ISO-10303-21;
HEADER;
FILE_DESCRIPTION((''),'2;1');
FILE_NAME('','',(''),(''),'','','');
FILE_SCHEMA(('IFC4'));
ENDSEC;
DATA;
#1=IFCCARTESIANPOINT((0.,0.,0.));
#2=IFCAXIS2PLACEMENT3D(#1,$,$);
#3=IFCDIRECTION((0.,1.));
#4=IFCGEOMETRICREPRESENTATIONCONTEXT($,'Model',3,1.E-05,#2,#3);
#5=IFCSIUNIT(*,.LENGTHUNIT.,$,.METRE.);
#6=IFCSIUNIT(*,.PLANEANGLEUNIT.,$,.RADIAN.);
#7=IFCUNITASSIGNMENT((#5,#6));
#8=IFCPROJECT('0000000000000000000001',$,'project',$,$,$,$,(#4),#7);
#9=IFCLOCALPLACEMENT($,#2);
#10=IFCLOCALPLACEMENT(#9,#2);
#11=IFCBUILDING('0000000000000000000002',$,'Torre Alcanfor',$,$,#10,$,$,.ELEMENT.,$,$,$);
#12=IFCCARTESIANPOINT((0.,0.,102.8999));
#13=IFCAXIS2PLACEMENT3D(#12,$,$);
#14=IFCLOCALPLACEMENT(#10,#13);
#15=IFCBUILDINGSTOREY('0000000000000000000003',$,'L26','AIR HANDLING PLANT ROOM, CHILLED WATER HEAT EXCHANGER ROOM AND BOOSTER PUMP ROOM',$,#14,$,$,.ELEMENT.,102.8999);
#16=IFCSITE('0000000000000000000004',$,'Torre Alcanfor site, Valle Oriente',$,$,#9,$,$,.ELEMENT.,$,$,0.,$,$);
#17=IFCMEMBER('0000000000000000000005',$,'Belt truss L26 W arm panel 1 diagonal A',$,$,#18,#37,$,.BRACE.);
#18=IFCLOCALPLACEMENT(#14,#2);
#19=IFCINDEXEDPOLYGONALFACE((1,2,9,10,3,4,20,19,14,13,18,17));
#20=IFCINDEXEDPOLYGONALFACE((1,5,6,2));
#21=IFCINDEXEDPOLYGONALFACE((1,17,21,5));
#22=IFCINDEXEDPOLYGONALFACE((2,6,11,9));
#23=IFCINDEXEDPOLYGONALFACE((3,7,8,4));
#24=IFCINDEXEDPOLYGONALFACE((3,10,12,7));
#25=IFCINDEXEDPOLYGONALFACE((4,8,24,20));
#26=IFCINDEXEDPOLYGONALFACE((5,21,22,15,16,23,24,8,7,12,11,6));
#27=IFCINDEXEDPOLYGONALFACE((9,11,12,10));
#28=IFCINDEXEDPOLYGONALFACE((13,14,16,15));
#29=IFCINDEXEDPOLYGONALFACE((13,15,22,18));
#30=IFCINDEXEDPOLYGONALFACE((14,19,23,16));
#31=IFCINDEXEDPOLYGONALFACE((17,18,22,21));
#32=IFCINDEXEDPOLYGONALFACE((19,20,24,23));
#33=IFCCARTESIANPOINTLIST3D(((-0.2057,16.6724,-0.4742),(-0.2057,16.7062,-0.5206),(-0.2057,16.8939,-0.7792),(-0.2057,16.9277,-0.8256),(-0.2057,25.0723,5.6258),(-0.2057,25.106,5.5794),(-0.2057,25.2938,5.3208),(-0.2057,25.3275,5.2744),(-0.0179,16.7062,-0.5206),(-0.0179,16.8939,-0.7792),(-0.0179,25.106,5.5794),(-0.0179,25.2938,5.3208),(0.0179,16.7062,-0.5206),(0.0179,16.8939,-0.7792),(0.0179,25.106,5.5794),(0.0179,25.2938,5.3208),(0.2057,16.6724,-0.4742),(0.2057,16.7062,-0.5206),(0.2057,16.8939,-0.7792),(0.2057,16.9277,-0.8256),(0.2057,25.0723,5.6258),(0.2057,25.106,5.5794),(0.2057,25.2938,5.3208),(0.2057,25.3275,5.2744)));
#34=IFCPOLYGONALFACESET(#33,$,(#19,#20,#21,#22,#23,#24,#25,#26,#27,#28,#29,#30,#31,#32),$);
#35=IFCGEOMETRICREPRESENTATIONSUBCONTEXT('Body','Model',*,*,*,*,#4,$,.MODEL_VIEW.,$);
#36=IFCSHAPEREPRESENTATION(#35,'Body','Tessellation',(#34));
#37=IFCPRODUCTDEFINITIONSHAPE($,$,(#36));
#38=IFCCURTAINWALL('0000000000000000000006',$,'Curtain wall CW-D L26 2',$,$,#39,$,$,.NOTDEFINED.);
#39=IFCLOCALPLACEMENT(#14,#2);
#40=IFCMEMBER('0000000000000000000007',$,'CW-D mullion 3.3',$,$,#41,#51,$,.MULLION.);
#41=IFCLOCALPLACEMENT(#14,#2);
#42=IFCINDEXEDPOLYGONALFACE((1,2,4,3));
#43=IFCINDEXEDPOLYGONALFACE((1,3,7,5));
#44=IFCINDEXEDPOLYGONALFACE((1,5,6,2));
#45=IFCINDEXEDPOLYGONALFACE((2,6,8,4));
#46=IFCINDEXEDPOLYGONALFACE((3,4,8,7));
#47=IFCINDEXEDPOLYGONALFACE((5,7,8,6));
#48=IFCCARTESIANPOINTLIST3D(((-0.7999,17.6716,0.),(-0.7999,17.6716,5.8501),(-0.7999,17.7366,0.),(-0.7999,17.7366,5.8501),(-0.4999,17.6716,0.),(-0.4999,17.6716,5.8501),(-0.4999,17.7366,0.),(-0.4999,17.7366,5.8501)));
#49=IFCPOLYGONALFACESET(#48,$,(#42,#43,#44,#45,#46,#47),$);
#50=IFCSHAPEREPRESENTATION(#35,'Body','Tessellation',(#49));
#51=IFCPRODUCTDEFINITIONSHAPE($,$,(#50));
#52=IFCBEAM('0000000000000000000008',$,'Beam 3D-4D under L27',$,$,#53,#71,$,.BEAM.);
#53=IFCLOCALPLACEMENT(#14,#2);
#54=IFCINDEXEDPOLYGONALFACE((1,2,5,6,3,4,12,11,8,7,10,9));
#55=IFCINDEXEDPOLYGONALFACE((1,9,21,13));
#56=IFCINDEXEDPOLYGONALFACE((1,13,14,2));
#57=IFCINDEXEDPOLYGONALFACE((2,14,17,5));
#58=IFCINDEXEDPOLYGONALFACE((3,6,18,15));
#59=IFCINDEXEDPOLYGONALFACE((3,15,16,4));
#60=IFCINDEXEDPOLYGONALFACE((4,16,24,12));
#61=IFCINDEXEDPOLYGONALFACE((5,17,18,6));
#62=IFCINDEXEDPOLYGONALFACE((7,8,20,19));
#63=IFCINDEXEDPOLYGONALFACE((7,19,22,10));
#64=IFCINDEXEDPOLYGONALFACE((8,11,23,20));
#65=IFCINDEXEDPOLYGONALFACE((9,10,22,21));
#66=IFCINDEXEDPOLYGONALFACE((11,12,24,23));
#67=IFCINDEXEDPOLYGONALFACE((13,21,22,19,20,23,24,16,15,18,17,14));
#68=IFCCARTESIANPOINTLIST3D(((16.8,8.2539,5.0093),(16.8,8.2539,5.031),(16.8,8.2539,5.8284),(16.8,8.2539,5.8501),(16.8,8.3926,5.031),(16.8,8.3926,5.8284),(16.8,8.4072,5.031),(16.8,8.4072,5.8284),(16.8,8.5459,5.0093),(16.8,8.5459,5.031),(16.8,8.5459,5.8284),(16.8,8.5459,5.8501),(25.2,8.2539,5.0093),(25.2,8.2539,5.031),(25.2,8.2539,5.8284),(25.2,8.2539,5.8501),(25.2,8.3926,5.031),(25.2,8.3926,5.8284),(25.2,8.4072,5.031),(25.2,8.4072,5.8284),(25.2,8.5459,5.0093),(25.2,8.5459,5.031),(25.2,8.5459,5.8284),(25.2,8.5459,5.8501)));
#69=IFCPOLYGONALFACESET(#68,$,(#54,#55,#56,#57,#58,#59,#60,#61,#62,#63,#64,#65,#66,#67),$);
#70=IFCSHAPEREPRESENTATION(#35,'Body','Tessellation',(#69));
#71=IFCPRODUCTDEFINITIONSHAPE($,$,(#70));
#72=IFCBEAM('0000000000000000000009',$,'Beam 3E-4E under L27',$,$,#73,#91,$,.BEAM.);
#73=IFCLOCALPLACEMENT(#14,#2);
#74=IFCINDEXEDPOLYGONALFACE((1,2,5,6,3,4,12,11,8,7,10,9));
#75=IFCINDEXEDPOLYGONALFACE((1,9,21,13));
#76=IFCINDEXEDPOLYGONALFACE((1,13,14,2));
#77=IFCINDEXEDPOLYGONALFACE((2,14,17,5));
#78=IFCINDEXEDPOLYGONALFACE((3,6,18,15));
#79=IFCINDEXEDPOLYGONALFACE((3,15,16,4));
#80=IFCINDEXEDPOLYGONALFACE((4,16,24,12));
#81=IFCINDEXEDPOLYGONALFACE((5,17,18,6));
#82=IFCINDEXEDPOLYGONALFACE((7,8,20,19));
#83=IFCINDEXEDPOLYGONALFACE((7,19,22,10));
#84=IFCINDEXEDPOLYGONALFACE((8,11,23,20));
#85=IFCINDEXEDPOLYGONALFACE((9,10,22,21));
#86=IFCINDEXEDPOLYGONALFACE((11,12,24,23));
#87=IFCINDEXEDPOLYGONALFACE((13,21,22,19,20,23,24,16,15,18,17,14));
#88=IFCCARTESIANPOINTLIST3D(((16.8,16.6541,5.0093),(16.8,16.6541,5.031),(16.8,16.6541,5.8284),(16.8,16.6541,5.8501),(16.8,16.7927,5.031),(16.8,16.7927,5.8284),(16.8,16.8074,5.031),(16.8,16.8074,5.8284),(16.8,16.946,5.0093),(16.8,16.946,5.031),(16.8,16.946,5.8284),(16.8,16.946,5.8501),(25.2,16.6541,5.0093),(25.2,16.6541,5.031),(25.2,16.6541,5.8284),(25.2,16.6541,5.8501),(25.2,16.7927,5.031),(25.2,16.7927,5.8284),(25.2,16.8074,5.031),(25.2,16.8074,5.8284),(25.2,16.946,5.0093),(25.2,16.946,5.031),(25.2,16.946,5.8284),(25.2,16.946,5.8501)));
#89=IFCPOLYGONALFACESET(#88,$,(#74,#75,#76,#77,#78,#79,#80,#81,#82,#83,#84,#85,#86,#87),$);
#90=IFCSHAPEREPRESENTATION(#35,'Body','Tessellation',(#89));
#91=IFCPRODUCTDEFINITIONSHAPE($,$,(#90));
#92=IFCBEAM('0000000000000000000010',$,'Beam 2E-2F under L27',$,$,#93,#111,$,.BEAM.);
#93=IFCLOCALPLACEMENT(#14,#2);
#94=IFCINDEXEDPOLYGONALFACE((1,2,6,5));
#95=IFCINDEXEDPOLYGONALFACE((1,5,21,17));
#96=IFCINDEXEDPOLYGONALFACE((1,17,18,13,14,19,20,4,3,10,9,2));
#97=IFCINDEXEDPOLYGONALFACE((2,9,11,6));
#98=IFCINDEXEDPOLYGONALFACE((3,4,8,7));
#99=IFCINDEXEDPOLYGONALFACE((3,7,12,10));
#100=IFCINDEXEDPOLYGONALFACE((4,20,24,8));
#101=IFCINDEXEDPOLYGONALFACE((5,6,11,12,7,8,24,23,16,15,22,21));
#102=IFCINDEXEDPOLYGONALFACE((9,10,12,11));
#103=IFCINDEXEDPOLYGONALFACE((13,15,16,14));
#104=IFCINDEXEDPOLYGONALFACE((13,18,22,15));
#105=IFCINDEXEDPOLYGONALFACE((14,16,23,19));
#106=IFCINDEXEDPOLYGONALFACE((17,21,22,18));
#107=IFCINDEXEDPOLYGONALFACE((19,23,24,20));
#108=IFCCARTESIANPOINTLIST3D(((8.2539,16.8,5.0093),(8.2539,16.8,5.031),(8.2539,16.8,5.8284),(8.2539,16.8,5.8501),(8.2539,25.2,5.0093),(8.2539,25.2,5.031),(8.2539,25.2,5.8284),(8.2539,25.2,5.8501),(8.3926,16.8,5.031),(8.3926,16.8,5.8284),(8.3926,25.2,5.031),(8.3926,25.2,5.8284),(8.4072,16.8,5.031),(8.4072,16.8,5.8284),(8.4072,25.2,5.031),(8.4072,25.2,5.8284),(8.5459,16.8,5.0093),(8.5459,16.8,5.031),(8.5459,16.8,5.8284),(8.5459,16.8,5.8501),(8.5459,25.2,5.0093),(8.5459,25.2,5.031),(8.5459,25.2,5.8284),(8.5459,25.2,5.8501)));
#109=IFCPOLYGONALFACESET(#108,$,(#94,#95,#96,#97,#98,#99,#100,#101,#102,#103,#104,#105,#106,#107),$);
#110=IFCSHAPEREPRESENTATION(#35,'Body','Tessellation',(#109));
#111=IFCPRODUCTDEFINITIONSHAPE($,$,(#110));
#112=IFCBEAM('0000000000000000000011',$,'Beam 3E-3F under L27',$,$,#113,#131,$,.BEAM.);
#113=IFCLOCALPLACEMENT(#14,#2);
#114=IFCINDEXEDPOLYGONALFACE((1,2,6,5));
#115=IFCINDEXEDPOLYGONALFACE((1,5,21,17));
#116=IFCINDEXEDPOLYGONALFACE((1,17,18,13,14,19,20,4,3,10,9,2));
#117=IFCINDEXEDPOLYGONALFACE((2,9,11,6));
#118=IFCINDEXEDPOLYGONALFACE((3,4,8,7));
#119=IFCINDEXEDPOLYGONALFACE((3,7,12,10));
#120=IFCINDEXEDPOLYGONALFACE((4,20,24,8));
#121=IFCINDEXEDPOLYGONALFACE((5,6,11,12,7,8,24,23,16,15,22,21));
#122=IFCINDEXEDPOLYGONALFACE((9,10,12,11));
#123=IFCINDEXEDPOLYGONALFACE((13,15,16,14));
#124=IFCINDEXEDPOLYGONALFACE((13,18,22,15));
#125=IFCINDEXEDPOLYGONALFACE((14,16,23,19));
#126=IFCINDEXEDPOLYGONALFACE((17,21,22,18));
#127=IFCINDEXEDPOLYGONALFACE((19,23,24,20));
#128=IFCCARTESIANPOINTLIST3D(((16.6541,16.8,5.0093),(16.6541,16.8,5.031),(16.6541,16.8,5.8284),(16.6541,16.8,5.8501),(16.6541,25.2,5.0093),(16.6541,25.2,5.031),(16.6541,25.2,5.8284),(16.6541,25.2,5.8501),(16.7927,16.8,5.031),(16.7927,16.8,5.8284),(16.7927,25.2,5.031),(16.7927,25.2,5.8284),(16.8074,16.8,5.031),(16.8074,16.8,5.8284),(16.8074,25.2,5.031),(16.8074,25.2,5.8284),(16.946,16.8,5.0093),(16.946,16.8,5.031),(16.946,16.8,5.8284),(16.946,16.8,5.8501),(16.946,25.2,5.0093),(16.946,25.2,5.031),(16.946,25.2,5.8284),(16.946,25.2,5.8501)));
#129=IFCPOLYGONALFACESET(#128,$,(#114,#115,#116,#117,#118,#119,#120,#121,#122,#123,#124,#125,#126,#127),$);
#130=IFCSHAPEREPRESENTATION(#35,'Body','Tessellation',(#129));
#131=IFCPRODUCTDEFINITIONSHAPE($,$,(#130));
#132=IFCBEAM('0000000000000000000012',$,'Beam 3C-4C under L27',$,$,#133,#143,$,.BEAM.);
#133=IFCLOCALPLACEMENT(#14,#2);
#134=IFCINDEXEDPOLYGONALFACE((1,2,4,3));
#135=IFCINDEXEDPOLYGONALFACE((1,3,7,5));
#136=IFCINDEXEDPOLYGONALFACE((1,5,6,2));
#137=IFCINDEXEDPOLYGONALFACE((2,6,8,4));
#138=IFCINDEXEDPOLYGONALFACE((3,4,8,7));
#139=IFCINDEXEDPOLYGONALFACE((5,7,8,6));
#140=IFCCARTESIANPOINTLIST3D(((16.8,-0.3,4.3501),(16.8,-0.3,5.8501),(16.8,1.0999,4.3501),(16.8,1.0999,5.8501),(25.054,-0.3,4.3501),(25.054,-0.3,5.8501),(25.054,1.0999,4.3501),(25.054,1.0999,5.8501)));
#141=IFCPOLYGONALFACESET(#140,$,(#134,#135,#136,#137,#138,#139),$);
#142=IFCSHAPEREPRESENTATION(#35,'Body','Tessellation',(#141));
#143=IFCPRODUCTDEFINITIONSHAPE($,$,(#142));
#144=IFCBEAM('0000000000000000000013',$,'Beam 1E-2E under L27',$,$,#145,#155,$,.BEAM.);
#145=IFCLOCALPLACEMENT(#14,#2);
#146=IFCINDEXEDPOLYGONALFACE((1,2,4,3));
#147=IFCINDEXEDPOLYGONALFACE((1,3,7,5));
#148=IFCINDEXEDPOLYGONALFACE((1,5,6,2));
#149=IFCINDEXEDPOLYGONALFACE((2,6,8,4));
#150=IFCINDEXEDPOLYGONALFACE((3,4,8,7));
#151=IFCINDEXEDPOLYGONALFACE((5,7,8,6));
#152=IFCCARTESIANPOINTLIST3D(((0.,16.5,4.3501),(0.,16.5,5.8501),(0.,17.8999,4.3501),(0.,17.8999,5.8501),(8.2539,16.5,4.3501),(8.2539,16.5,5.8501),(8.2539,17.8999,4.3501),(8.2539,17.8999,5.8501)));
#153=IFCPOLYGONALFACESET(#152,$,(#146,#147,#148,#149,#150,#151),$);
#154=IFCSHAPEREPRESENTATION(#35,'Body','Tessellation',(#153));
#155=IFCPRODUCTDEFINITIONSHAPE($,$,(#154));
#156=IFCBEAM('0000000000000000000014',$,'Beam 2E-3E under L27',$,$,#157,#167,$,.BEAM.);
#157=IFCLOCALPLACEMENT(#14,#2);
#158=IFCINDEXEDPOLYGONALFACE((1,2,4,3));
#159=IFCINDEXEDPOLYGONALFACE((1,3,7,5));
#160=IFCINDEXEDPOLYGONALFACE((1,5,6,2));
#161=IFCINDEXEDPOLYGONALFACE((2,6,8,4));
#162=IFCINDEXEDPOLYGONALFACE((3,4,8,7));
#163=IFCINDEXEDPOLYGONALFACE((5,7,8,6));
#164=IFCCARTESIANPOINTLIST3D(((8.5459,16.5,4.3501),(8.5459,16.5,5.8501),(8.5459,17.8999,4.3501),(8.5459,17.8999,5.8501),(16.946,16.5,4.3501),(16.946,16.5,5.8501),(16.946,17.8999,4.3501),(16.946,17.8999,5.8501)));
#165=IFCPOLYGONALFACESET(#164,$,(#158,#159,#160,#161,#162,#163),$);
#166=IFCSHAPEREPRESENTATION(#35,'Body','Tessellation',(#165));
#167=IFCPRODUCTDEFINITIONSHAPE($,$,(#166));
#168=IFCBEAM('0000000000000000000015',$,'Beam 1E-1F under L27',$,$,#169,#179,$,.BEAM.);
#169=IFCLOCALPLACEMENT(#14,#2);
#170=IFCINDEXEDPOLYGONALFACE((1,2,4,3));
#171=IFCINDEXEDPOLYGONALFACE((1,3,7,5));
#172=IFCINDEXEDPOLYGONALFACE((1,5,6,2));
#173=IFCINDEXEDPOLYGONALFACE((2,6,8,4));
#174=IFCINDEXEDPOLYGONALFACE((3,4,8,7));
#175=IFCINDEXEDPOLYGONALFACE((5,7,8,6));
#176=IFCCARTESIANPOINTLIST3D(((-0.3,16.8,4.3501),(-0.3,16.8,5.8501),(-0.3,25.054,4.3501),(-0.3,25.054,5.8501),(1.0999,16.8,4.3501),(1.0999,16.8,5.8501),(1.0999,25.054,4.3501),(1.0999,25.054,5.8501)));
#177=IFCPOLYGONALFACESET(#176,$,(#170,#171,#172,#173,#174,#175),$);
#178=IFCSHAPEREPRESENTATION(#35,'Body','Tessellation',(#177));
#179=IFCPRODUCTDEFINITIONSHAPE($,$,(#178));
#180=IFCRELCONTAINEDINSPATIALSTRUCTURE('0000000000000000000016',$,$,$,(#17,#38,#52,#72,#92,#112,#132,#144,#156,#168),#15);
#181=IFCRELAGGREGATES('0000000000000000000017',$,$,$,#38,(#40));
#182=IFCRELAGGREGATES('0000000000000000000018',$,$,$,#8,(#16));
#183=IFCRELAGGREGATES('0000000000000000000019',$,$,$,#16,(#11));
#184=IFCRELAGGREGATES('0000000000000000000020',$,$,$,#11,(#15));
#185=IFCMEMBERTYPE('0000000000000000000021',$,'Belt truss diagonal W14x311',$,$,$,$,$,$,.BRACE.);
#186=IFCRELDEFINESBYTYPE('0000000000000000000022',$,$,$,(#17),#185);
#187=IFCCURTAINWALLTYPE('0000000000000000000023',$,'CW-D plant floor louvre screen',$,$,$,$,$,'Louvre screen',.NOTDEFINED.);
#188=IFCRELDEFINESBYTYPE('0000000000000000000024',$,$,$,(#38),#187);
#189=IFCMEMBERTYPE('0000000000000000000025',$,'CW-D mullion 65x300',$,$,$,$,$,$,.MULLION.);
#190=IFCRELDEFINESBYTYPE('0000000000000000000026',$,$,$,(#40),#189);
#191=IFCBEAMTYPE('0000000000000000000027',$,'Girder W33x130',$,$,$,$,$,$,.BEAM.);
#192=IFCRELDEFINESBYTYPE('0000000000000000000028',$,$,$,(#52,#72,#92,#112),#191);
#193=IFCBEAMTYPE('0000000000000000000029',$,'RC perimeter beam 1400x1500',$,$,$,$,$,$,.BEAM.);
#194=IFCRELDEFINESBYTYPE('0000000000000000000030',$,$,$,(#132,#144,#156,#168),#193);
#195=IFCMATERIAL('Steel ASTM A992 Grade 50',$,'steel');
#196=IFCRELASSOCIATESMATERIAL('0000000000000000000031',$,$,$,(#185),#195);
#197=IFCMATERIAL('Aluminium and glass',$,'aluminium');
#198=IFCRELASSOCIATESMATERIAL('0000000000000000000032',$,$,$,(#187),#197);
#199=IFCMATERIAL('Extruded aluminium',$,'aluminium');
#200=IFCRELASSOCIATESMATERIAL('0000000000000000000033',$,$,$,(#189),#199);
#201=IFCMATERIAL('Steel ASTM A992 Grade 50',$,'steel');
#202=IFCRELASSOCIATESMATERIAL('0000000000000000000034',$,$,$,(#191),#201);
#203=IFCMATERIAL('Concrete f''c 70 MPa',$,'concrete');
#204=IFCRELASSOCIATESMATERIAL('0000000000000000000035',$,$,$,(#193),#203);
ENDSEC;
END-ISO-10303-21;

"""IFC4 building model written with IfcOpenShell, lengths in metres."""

from ifc_helpers import new_model, si_unit, direction, frame, origin, origin_2d, place, context, subcontext, project, spatial, rectangle, i_section, extrude, material, material_profile, profile_set, type_object, element, aggregate, save


model = new_model("IFC4")

# Units and contexts
model_context = context("Model", 3, precision=1e-05, world=origin(), true_north=direction((0.0, 1.0)))
body_context = subcontext(model_context, "Body", "Model", "MODEL_VIEW")
ifc_project = project(units=[si_unit("LENGTHUNIT", "METRE"), si_unit("PLANEANGLEUNIT", "RADIAN")], contexts=[model_context])

# Site, building, storey
site_placement = place(None, origin())
site = spatial("IfcSite", under=ifc_project, at=site_placement, Name="Torre Alcanfor site, Valle Oriente", CompositionType="ELEMENT", RefElevation=0.0)
building_placement = place(site_placement, origin())
building = spatial("IfcBuilding", under=site, at=building_placement, Name="Torre Alcanfor", CompositionType="ELEMENT")
storey_placement = place(building_placement, frame((0.0, 0.0, 102.8999)))
storey = spatial("IfcBuildingStorey", under=building, at=storey_placement, Name="L26", Description="AIR HANDLING PLANT ROOM, CHILLED WATER HEAT EXCHANGER ROOM AND BOOSTER PUMP ROOM", CompositionType="ELEMENT", Elevation=102.8999)

# Member
ifc_material_1 = material(Name="Steel ASTM A992 Grade 50", Category="steel")
ifc_material_profile_1 = material_profile(ifc_material_1, i_section(OverallWidth=0.4114, OverallDepth=0.4343, WebThickness=0.0359, FlangeThickness=0.0574, at=origin_2d()), Name="W14x311")
ifc_profile_set_1 = profile_set([ifc_material_profile_1], Name="Steel ASTM A992 Grade 50")
member_type_1 = type_object("IfcMemberType", Name="Belt truss diagonal W14x311", PredefinedType="BRACE", material=ifc_profile_set_1)
for number, where, z_axis, x_axis, name in (
    (1, (0.0, 16.8, -0.6499), (0.0, 0.809145, 0.587609), (-1.0, 0.0, 0.0), "Belt truss L26 W arm panel 1 diagonal A"),
):
    element("IfcMember", number, at=place(storey_placement, frame(where, z_axis=z_axis, x_axis=x_axis)), inside=storey, type_object=member_type_1, Name=name, PredefinedType="BRACE", context=body_context, shape_type="SweptSolid", body=[
        extrude(i_section(OverallWidth=0.4114, OverallDepth=0.4343, WebThickness=0.0359, FlangeThickness=0.0574, at=origin_2d()), origin(), (0.0, 0.0, 1.0), 10.3811),
    ])

# Curtain wall, member
ifc_material_2 = material(Name="Aluminium and glass", Category="aluminium")
curtain_wall_type = type_object("IfcCurtainWallType", Name="CW-D plant floor louvre screen", ElementType="Louvre screen", PredefinedType="NOTDEFINED", material=ifc_material_2)
curtain_wall_placement = place(storey_placement, origin())
curtain_wall = element("IfcCurtainWall", 2, at=curtain_wall_placement, inside=storey, type_object=curtain_wall_type, Name="Curtain wall CW-D L26 2", PredefinedType="NOTDEFINED")
ifc_material_3 = material(Name="Extruded aluminium", Category="aluminium")
ifc_material_profile_2 = material_profile(ifc_material_3, rectangle(XDim=0.3, YDim=0.0649, at=origin_2d()), Name="CW-D mullion 65x300")
ifc_profile_set_2 = profile_set([ifc_material_profile_2], Name="Extruded aluminium")
member_type_2 = type_object("IfcMemberType", Name="CW-D mullion 65x300", PredefinedType="MULLION", material=ifc_profile_set_2)
member_placement = place(storey_placement, frame((-0.6499, 17.7041, 0.0), z_axis=(0.0, 0.0, 1.0), x_axis=(1.0, 0.0, 0.0)))
member = element("IfcMember", 3, at=member_placement, type_object=member_type_2, Name="CW-D mullion 3.3", PredefinedType="MULLION", context=body_context, shape_type="SweptSolid", body=[
    extrude(rectangle(XDim=0.3, YDim=0.0649, at=origin_2d()), origin(), (0.0, 0.0, 1.0), 5.8501),
])
aggregate(curtain_wall, [member])

# Beams
ifc_material_4 = material(Name="Steel ASTM A992 Grade 50", Category="steel")
ifc_material_profile_3 = material_profile(ifc_material_4, i_section(OverallWidth=0.292, OverallDepth=0.8408, WebThickness=0.0146, FlangeThickness=0.0217, at=origin_2d()), Name="W33x130")
ifc_profile_set_3 = profile_set([ifc_material_profile_3], Name="Steel ASTM A992 Grade 50")
beam_type_1 = type_object("IfcBeamType", Name="Girder W33x130", PredefinedType="BEAM", material=ifc_profile_set_3)
for number, where, z_axis, x_axis, name in (
    (4, (16.8, 8.3999, 5.4297), (1.0, 0.0, 0.0), (0.0, 1.0, 0.0), "Beam 3D-4D under L27"),
    (5, (16.8, 16.8, 5.4297), (1.0, 0.0, 0.0), (0.0, 1.0, 0.0), "Beam 3E-4E under L27"),
    (6, (8.3999, 16.8, 5.4297), (0.0, 1.0, 0.0), (-1.0, 0.0, 0.0), "Beam 2E-2F under L27"),
    (7, (16.8, 16.8, 5.4297), (0.0, 1.0, 0.0), (-1.0, 0.0, 0.0), "Beam 3E-3F under L27"),
):
    element("IfcBeam", number, at=place(storey_placement, frame(where, z_axis=z_axis, x_axis=x_axis)), inside=storey, type_object=beam_type_1, Name=name, PredefinedType="BEAM", context=body_context, shape_type="SweptSolid", body=[
        extrude(i_section(OverallWidth=0.292, OverallDepth=0.8408, WebThickness=0.0146, FlangeThickness=0.0217, at=origin_2d()), origin(), (0.0, 0.0, 1.0), 8.3999),
    ])
ifc_material_5 = material(Name="Concrete f'c 70 MPa", Category="concrete")
ifc_material_profile_4 = material_profile(ifc_material_5, rectangle(XDim=1.3999, YDim=1.5, at=origin_2d()), Name="1400x1500")
ifc_profile_set_4 = profile_set([ifc_material_profile_4], Name="Concrete f'c 70 MPa")
beam_type_2 = type_object("IfcBeamType", Name="RC perimeter beam 1400x1500", PredefinedType="BEAM", material=ifc_profile_set_4)
for number, where, z_axis, x_axis, name in (
    (8, (16.8, 0.3999, 5.1001), (1.0, 0.0, 0.0), (0.0, 1.0, 0.0), "Beam 3C-4C under L27"),
    (9, (0.0, 17.2, 5.1001), (1.0, 0.0, 0.0), (0.0, 1.0, 0.0), "Beam 1E-2E under L27"),
):
    element("IfcBeam", number, at=place(storey_placement, frame(where, z_axis=z_axis, x_axis=x_axis)), inside=storey, type_object=beam_type_2, Name=name, PredefinedType="BEAM", context=body_context, shape_type="SweptSolid", body=[
        extrude(rectangle(XDim=1.3999, YDim=1.5, at=origin_2d()), origin(), (0.0, 0.0, 1.0), 8.2539),
    ])
beam_1_placement = place(storey_placement, frame((8.5459, 17.2, 5.1001), z_axis=(1.0, 0.0, 0.0), x_axis=(0.0, 1.0, 0.0)))
element("IfcBeam", 10, at=beam_1_placement, inside=storey, type_object=beam_type_2, Name="Beam 2E-3E under L27", PredefinedType="BEAM", context=body_context, shape_type="SweptSolid", body=[
    extrude(rectangle(XDim=1.3999, YDim=1.5, at=origin_2d()), origin(), (0.0, 0.0, 1.0), 8.4001),
])
beam_2_placement = place(storey_placement, frame((0.3999, 16.8, 5.1001), z_axis=(0.0, 1.0, 0.0), x_axis=(-1.0, 0.0, 0.0)))
element("IfcBeam", 11, at=beam_2_placement, inside=storey, type_object=beam_type_2, Name="Beam 1E-1F under L27", PredefinedType="BEAM", context=body_context, shape_type="SweptSolid", body=[
    extrude(rectangle(XDim=1.3999, YDim=1.5, at=origin_2d()), origin(), (0.0, 0.0, 1.0), 8.2539),
])

save(model, "model.ifc")
